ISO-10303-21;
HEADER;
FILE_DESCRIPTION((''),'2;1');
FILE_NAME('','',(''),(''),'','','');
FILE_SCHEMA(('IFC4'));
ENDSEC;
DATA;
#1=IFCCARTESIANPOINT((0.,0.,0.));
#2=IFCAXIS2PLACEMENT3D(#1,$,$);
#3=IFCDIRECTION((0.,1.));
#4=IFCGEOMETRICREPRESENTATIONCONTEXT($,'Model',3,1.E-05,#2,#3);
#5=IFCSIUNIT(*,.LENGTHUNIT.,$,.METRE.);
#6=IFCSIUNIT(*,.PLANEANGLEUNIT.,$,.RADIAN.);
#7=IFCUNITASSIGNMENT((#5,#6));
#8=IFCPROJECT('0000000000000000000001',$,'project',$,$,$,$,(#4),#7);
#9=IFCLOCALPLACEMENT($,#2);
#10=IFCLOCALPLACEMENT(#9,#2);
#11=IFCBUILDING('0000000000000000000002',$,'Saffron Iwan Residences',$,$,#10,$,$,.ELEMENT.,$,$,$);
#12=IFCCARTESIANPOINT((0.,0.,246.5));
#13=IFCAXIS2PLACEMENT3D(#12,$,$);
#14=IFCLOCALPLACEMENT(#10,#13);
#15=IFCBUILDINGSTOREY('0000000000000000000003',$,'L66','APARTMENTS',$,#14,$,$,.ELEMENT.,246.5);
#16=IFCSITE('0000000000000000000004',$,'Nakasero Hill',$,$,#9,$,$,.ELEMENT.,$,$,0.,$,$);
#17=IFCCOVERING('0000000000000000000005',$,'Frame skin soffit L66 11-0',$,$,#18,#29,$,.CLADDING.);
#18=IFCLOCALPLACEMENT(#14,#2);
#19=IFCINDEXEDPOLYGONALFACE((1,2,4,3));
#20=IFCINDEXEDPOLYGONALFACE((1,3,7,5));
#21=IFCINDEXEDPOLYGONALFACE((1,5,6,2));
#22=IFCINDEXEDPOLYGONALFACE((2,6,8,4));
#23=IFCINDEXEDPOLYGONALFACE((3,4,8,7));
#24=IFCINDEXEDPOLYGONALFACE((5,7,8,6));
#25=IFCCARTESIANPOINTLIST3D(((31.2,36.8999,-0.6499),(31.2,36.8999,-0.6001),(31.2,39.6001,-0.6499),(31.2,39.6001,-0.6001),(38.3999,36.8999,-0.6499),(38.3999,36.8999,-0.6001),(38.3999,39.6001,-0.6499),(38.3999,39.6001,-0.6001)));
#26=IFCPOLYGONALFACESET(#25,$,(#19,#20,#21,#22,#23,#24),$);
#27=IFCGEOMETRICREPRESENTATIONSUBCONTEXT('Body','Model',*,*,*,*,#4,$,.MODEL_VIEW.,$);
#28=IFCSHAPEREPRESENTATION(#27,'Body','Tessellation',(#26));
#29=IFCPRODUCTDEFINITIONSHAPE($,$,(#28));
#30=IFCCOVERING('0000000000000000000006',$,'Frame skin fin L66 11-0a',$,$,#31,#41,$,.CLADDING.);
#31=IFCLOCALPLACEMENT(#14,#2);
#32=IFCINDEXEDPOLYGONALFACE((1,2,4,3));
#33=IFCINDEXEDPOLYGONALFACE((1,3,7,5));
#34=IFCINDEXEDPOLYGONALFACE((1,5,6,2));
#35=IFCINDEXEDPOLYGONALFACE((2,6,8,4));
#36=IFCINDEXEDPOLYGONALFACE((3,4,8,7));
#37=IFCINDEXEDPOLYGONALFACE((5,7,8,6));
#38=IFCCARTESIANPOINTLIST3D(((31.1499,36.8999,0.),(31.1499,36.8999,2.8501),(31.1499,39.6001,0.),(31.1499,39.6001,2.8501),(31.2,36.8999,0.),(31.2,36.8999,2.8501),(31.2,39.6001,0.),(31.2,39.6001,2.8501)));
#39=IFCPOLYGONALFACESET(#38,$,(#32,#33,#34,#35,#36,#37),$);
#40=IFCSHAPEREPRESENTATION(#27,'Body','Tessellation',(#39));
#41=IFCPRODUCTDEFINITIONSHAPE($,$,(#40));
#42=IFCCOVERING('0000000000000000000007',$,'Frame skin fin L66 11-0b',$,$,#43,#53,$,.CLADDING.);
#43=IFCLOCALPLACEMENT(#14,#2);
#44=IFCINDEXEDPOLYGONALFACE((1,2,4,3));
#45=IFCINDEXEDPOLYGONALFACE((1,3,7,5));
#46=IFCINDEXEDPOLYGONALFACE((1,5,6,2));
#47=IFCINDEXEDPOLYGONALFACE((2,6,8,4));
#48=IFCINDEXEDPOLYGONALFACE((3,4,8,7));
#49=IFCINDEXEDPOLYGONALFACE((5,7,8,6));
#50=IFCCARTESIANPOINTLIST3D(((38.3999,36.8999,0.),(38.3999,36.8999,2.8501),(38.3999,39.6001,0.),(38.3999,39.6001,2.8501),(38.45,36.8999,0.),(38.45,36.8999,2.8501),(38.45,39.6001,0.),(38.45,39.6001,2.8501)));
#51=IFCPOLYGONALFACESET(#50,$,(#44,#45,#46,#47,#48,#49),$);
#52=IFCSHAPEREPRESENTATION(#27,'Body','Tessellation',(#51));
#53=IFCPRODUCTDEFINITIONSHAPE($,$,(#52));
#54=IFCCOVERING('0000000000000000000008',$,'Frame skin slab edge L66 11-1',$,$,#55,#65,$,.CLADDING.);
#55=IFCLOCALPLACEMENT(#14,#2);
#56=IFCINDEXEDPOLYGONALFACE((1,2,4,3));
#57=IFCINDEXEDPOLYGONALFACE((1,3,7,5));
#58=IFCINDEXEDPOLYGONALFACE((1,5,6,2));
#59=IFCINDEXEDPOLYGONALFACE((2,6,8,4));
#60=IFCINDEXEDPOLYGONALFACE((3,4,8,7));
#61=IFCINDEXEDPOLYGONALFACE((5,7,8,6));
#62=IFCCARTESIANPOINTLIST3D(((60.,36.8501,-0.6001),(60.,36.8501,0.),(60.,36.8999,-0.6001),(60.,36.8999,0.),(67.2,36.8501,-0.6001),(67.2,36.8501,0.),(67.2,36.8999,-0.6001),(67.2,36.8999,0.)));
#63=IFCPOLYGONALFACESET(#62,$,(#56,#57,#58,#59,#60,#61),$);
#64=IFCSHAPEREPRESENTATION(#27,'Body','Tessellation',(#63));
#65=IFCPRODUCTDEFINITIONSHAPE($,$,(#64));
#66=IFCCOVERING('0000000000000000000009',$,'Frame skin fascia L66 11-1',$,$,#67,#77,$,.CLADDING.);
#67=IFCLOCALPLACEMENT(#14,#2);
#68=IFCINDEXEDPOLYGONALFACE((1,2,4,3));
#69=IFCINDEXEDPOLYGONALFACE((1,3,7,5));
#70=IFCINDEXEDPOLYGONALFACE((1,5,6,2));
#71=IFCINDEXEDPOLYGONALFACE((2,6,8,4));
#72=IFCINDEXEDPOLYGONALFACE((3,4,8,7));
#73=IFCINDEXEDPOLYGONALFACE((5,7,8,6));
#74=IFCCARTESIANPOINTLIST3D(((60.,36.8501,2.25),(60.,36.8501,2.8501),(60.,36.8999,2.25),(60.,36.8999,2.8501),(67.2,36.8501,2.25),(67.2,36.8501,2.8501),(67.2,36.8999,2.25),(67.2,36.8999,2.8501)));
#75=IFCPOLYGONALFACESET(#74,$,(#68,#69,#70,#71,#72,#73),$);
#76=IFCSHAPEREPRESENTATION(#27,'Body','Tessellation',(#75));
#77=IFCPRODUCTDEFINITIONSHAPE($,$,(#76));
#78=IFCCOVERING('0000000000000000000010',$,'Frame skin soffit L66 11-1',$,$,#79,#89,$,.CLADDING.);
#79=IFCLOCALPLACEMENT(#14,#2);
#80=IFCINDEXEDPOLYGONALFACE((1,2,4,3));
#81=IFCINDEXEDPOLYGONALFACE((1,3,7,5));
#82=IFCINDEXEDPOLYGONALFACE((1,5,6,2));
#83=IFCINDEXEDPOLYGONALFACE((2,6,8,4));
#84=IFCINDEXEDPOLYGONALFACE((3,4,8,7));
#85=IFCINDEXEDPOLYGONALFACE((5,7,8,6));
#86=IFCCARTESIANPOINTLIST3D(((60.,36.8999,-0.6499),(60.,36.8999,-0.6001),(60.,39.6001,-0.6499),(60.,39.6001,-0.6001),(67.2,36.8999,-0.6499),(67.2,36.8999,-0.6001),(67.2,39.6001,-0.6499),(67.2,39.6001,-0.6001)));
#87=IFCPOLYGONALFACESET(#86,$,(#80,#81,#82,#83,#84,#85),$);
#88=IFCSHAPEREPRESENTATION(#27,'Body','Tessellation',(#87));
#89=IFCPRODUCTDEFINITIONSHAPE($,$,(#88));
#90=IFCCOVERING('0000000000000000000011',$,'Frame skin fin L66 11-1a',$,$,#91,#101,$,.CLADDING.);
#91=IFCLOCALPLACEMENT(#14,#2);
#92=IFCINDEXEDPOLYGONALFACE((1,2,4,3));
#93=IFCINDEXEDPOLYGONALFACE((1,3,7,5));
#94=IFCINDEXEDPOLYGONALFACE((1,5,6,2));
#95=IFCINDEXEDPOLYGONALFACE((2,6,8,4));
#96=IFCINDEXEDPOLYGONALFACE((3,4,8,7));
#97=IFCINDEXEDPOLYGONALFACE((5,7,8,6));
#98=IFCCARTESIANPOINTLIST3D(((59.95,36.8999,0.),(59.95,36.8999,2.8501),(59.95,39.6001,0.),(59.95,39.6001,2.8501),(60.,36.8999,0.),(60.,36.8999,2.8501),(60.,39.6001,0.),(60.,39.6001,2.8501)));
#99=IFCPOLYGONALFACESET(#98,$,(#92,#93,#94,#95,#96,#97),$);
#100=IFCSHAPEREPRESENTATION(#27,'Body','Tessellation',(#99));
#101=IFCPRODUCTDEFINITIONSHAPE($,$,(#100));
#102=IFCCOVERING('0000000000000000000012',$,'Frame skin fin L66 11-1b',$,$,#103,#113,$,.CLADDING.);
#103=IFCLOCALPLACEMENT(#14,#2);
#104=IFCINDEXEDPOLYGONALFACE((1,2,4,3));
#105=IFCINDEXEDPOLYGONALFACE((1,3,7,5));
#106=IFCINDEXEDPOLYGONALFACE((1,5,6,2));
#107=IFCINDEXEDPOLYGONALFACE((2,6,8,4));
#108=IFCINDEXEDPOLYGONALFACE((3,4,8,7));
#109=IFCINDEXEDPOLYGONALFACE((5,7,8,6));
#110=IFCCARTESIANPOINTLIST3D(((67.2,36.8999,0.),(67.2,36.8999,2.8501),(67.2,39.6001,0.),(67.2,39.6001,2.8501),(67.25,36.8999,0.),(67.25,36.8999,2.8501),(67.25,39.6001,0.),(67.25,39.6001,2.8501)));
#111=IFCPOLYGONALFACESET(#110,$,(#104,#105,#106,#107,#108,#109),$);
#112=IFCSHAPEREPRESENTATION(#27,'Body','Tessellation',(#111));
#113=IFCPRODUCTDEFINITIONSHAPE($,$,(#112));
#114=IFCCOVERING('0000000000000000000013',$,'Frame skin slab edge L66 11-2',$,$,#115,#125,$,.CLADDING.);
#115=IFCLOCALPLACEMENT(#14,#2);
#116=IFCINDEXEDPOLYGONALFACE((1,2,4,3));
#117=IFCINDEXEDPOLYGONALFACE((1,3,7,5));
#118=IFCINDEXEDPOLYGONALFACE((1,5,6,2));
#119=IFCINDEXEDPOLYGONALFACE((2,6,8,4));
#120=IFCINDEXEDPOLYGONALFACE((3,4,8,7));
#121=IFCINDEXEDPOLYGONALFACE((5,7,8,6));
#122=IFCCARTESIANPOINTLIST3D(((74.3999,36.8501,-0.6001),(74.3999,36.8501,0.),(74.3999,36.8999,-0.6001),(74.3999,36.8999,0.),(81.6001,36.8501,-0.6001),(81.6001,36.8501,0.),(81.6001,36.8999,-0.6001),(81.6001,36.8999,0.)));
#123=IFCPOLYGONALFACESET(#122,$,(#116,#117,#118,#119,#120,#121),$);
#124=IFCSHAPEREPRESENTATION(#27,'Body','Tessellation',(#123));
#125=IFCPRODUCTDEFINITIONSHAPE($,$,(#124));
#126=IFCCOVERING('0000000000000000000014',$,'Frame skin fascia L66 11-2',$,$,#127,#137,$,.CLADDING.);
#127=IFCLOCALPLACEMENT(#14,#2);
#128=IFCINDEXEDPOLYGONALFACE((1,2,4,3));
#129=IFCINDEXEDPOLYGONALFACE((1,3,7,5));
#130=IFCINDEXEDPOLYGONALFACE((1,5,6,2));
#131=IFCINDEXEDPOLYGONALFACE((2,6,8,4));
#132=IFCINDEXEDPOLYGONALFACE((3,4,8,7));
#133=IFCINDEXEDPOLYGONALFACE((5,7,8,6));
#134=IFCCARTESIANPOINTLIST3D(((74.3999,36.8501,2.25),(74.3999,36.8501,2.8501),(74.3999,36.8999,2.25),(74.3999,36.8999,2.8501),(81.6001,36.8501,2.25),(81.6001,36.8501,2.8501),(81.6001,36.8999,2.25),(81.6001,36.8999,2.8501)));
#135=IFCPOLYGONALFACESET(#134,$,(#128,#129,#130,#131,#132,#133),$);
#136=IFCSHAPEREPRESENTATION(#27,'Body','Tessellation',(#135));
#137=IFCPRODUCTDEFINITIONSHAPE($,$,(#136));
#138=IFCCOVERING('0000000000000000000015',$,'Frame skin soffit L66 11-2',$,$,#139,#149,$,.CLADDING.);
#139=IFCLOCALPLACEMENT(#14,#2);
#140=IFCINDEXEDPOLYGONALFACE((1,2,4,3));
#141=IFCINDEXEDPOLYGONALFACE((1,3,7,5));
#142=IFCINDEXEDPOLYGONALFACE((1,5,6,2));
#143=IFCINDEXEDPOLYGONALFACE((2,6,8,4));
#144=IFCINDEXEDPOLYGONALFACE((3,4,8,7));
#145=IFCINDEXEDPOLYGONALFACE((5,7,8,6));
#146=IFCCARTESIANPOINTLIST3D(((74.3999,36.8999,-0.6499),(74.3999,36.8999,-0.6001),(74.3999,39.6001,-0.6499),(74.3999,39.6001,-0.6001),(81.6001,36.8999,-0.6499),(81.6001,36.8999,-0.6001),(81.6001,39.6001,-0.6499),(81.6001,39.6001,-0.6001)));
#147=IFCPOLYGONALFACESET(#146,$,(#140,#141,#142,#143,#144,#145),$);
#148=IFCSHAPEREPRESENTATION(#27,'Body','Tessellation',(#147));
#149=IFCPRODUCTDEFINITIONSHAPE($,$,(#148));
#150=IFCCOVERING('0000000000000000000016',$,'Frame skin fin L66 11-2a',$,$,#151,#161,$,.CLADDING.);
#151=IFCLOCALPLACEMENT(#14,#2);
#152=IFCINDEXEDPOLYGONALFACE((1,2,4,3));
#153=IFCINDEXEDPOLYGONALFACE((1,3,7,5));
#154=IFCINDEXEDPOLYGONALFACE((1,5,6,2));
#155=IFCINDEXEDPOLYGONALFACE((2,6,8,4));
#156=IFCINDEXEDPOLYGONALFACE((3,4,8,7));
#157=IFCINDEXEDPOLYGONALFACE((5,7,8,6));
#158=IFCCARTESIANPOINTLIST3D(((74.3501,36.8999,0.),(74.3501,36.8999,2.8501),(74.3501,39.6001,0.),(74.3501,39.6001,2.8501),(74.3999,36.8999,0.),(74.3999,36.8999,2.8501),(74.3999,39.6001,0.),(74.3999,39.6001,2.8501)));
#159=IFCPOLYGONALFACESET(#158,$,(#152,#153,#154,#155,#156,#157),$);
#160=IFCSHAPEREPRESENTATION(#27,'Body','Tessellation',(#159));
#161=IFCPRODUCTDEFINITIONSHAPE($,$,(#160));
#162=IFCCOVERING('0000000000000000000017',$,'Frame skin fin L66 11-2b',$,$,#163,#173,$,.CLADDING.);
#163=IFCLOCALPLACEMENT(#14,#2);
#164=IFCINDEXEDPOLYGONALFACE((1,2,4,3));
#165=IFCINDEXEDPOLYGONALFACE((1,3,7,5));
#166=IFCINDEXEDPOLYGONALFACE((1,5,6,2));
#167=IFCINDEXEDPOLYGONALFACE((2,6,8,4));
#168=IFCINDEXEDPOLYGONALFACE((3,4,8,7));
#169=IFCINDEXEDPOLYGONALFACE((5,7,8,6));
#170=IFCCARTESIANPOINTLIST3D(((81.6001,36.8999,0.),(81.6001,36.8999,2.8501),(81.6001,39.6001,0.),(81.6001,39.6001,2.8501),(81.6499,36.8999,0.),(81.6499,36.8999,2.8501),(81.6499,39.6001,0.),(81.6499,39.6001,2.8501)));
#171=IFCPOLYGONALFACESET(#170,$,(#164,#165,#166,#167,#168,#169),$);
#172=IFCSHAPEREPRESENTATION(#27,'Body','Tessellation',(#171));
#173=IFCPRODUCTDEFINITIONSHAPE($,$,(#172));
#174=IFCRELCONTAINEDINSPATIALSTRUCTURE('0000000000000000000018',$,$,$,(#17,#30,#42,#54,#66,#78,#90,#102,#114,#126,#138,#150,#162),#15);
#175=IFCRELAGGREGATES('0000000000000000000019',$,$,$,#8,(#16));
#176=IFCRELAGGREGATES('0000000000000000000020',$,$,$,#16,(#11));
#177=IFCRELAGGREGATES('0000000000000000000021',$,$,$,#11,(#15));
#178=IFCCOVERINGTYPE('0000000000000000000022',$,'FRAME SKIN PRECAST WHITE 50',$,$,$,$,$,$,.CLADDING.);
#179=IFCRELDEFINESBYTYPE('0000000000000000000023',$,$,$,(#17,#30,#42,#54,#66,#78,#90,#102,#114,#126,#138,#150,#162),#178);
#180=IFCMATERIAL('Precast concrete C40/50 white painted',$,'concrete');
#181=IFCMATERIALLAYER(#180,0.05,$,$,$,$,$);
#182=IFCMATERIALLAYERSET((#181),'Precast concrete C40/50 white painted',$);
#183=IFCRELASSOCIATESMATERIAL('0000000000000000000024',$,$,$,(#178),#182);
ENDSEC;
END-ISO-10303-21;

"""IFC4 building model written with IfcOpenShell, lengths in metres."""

from ifc_helpers import new_model, si_unit, direction, frame, origin, place, context, subcontext, project, spatial, polyline, outline, extrude, material, layer, layer_set, type_object, element, save


model = new_model("IFC4")

# Units and contexts
model_context = context("Model", 3, precision=1e-05, world=origin(), true_north=direction((0.0, 1.0)))
body_context = subcontext(model_context, "Body", "Model", "MODEL_VIEW")
ifc_project = project(units=[si_unit("LENGTHUNIT", "METRE"), si_unit("PLANEANGLEUNIT", "RADIAN")], contexts=[model_context])

# Site, building, storey
site_placement = place(None, origin())
site = spatial("IfcSite", under=ifc_project, at=site_placement, Name="Nakasero Hill", CompositionType="ELEMENT", RefElevation=0.0)
building_placement = place(site_placement, origin())
building = spatial("IfcBuilding", under=site, at=building_placement, Name="Saffron Iwan Residences", CompositionType="ELEMENT")
storey_placement = place(building_placement, frame((0.0, 0.0, 246.5)))
storey = spatial("IfcBuildingStorey", under=building, at=storey_placement, Name="L66", Description="APARTMENTS", CompositionType="ELEMENT", Elevation=246.5)

# Coverings
ifc_material_1 = material(Name="Precast concrete C40/50 white painted", Category="concrete")
ifc_layer_1 = layer(ifc_material_1, 0.05)
ifc_layer_set_1 = layer_set([ifc_layer_1], Name="Precast concrete C40/50 white painted")
covering_type = type_object("IfcCoveringType", Name="FRAME SKIN PRECAST WHITE 50", PredefinedType="CLADDING", material=ifc_layer_set_1)
covering_1_placement = place(storey_placement, frame((0.0, 0.0, -0.6499)))
element("IfcCovering", 1, at=covering_1_placement, inside=storey, type_object=covering_type, Name="Frame skin soffit L66 11-0", PredefinedType="CLADDING", context=body_context, shape_type="SweptSolid", body=[
    extrude(outline(polyline([(31.2, 36.8999), (38.3999, 36.8999), (38.3999, 39.6001), (31.2, 39.6001), (31.2, 36.8999)])), origin(), (0.0, 0.0, 1.0), 0.0498),
])
covering_2_placement = place(storey_placement, origin())
element("IfcCovering", 2, at=covering_2_placement, inside=storey, type_object=covering_type, Name="Frame skin fin L66 11-0a", PredefinedType="CLADDING", context=body_context, shape_type="SweptSolid", body=[
    extrude(outline(polyline([(31.1499, 36.8999), (31.2, 36.8999), (31.2, 39.6001), (31.1499, 39.6001), (31.1499, 36.8999)])), origin(), (0.0, 0.0, 1.0), 2.8501),
])
covering_3_placement = place(storey_placement, origin())
element("IfcCovering", 3, at=covering_3_placement, inside=storey, type_object=covering_type, Name="Frame skin fin L66 11-0b", PredefinedType="CLADDING", context=body_context, shape_type="SweptSolid", body=[
    extrude(outline(polyline([(38.3999, 36.8999), (38.45, 36.8999), (38.45, 39.6001), (38.3999, 39.6001), (38.3999, 36.8999)])), origin(), (0.0, 0.0, 1.0), 2.8501),
])
for number, where, name in (
    (4, (0.0, 0.0, -0.6001), "Frame skin slab edge L66 11-1"),
    (5, (0.0, 0.0, 2.25), "Frame skin fascia L66 11-1"),
):
    element("IfcCovering", number, at=place(storey_placement, frame(where)), inside=storey, type_object=covering_type, Name=name, PredefinedType="CLADDING", context=body_context, shape_type="SweptSolid", body=[
        extrude(outline(polyline([(60.0, 36.8501), (67.2, 36.8501), (67.2, 36.8999), (60.0, 36.8999), (60.0, 36.8501)])), origin(), (0.0, 0.0, 1.0), 0.6001),
    ])
covering_4_placement = place(storey_placement, frame((0.0, 0.0, -0.6499)))
element("IfcCovering", 6, at=covering_4_placement, inside=storey, type_object=covering_type, Name="Frame skin soffit L66 11-1", PredefinedType="CLADDING", context=body_context, shape_type="SweptSolid", body=[
    extrude(outline(polyline([(60.0, 36.8999), (67.2, 36.8999), (67.2, 39.6001), (60.0, 39.6001), (60.0, 36.8999)])), origin(), (0.0, 0.0, 1.0), 0.0498),
])
covering_5_placement = place(storey_placement, origin())
element("IfcCovering", 7, at=covering_5_placement, inside=storey, type_object=covering_type, Name="Frame skin fin L66 11-1a", PredefinedType="CLADDING", context=body_context, shape_type="SweptSolid", body=[
    extrude(outline(polyline([(59.95, 36.8999), (60.0, 36.8999), (60.0, 39.6001), (59.95, 39.6001), (59.95, 36.8999)])), origin(), (0.0, 0.0, 1.0), 2.8501),
])
covering_6_placement = place(storey_placement, origin())
element("IfcCovering", 8, at=covering_6_placement, inside=storey, type_object=covering_type, Name="Frame skin fin L66 11-1b", PredefinedType="CLADDING", context=body_context, shape_type="SweptSolid", body=[
    extrude(outline(polyline([(67.2, 36.8999), (67.25, 36.8999), (67.25, 39.6001), (67.2, 39.6001), (67.2, 36.8999)])), origin(), (0.0, 0.0, 1.0), 2.8501),
])
for number, where, name in (
    (9, (0.0, 0.0, -0.6001), "Frame skin slab edge L66 11-2"),
    (10, (0.0, 0.0, 2.25), "Frame skin fascia L66 11-2"),
):
    element("IfcCovering", number, at=place(storey_placement, frame(where)), inside=storey, type_object=covering_type, Name=name, PredefinedType="CLADDING", context=body_context, shape_type="SweptSolid", body=[
        extrude(outline(polyline([(74.3999, 36.8501), (81.6001, 36.8501), (81.6001, 36.8999), (74.3999, 36.8999), (74.3999, 36.8501)])), origin(), (0.0, 0.0, 1.0), 0.6001),
    ])
covering_7_placement = place(storey_placement, frame((0.0, 0.0, -0.6499)))
element("IfcCovering", 11, at=covering_7_placement, inside=storey, type_object=covering_type, Name="Frame skin soffit L66 11-2", PredefinedType="CLADDING", context=body_context, shape_type="SweptSolid", body=[
    extrude(outline(polyline([(74.3999, 36.8999), (81.6001, 36.8999), (81.6001, 39.6001), (74.3999, 39.6001), (74.3999, 36.8999)])), origin(), (0.0, 0.0, 1.0), 0.0498),
])
covering_8_placement = place(storey_placement, origin())
element("IfcCovering", 12, at=covering_8_placement, inside=storey, type_object=covering_type, Name="Frame skin fin L66 11-2a", PredefinedType="CLADDING", context=body_context, shape_type="SweptSolid", body=[
    extrude(outline(polyline([(74.3501, 36.8999), (74.3999, 36.8999), (74.3999, 39.6001), (74.3501, 39.6001), (74.3501, 36.8999)])), origin(), (0.0, 0.0, 1.0), 2.8501),
])
covering_9_placement = place(storey_placement, origin())
element("IfcCovering", 13, at=covering_9_placement, inside=storey, type_object=covering_type, Name="Frame skin fin L66 11-2b", PredefinedType="CLADDING", context=body_context, shape_type="SweptSolid", body=[
    extrude(outline(polyline([(81.6001, 36.8999), (81.6499, 36.8999), (81.6499, 39.6001), (81.6001, 39.6001), (81.6001, 36.8999)])), origin(), (0.0, 0.0, 1.0), 2.8501),
])

save(model, "model.ifc")
